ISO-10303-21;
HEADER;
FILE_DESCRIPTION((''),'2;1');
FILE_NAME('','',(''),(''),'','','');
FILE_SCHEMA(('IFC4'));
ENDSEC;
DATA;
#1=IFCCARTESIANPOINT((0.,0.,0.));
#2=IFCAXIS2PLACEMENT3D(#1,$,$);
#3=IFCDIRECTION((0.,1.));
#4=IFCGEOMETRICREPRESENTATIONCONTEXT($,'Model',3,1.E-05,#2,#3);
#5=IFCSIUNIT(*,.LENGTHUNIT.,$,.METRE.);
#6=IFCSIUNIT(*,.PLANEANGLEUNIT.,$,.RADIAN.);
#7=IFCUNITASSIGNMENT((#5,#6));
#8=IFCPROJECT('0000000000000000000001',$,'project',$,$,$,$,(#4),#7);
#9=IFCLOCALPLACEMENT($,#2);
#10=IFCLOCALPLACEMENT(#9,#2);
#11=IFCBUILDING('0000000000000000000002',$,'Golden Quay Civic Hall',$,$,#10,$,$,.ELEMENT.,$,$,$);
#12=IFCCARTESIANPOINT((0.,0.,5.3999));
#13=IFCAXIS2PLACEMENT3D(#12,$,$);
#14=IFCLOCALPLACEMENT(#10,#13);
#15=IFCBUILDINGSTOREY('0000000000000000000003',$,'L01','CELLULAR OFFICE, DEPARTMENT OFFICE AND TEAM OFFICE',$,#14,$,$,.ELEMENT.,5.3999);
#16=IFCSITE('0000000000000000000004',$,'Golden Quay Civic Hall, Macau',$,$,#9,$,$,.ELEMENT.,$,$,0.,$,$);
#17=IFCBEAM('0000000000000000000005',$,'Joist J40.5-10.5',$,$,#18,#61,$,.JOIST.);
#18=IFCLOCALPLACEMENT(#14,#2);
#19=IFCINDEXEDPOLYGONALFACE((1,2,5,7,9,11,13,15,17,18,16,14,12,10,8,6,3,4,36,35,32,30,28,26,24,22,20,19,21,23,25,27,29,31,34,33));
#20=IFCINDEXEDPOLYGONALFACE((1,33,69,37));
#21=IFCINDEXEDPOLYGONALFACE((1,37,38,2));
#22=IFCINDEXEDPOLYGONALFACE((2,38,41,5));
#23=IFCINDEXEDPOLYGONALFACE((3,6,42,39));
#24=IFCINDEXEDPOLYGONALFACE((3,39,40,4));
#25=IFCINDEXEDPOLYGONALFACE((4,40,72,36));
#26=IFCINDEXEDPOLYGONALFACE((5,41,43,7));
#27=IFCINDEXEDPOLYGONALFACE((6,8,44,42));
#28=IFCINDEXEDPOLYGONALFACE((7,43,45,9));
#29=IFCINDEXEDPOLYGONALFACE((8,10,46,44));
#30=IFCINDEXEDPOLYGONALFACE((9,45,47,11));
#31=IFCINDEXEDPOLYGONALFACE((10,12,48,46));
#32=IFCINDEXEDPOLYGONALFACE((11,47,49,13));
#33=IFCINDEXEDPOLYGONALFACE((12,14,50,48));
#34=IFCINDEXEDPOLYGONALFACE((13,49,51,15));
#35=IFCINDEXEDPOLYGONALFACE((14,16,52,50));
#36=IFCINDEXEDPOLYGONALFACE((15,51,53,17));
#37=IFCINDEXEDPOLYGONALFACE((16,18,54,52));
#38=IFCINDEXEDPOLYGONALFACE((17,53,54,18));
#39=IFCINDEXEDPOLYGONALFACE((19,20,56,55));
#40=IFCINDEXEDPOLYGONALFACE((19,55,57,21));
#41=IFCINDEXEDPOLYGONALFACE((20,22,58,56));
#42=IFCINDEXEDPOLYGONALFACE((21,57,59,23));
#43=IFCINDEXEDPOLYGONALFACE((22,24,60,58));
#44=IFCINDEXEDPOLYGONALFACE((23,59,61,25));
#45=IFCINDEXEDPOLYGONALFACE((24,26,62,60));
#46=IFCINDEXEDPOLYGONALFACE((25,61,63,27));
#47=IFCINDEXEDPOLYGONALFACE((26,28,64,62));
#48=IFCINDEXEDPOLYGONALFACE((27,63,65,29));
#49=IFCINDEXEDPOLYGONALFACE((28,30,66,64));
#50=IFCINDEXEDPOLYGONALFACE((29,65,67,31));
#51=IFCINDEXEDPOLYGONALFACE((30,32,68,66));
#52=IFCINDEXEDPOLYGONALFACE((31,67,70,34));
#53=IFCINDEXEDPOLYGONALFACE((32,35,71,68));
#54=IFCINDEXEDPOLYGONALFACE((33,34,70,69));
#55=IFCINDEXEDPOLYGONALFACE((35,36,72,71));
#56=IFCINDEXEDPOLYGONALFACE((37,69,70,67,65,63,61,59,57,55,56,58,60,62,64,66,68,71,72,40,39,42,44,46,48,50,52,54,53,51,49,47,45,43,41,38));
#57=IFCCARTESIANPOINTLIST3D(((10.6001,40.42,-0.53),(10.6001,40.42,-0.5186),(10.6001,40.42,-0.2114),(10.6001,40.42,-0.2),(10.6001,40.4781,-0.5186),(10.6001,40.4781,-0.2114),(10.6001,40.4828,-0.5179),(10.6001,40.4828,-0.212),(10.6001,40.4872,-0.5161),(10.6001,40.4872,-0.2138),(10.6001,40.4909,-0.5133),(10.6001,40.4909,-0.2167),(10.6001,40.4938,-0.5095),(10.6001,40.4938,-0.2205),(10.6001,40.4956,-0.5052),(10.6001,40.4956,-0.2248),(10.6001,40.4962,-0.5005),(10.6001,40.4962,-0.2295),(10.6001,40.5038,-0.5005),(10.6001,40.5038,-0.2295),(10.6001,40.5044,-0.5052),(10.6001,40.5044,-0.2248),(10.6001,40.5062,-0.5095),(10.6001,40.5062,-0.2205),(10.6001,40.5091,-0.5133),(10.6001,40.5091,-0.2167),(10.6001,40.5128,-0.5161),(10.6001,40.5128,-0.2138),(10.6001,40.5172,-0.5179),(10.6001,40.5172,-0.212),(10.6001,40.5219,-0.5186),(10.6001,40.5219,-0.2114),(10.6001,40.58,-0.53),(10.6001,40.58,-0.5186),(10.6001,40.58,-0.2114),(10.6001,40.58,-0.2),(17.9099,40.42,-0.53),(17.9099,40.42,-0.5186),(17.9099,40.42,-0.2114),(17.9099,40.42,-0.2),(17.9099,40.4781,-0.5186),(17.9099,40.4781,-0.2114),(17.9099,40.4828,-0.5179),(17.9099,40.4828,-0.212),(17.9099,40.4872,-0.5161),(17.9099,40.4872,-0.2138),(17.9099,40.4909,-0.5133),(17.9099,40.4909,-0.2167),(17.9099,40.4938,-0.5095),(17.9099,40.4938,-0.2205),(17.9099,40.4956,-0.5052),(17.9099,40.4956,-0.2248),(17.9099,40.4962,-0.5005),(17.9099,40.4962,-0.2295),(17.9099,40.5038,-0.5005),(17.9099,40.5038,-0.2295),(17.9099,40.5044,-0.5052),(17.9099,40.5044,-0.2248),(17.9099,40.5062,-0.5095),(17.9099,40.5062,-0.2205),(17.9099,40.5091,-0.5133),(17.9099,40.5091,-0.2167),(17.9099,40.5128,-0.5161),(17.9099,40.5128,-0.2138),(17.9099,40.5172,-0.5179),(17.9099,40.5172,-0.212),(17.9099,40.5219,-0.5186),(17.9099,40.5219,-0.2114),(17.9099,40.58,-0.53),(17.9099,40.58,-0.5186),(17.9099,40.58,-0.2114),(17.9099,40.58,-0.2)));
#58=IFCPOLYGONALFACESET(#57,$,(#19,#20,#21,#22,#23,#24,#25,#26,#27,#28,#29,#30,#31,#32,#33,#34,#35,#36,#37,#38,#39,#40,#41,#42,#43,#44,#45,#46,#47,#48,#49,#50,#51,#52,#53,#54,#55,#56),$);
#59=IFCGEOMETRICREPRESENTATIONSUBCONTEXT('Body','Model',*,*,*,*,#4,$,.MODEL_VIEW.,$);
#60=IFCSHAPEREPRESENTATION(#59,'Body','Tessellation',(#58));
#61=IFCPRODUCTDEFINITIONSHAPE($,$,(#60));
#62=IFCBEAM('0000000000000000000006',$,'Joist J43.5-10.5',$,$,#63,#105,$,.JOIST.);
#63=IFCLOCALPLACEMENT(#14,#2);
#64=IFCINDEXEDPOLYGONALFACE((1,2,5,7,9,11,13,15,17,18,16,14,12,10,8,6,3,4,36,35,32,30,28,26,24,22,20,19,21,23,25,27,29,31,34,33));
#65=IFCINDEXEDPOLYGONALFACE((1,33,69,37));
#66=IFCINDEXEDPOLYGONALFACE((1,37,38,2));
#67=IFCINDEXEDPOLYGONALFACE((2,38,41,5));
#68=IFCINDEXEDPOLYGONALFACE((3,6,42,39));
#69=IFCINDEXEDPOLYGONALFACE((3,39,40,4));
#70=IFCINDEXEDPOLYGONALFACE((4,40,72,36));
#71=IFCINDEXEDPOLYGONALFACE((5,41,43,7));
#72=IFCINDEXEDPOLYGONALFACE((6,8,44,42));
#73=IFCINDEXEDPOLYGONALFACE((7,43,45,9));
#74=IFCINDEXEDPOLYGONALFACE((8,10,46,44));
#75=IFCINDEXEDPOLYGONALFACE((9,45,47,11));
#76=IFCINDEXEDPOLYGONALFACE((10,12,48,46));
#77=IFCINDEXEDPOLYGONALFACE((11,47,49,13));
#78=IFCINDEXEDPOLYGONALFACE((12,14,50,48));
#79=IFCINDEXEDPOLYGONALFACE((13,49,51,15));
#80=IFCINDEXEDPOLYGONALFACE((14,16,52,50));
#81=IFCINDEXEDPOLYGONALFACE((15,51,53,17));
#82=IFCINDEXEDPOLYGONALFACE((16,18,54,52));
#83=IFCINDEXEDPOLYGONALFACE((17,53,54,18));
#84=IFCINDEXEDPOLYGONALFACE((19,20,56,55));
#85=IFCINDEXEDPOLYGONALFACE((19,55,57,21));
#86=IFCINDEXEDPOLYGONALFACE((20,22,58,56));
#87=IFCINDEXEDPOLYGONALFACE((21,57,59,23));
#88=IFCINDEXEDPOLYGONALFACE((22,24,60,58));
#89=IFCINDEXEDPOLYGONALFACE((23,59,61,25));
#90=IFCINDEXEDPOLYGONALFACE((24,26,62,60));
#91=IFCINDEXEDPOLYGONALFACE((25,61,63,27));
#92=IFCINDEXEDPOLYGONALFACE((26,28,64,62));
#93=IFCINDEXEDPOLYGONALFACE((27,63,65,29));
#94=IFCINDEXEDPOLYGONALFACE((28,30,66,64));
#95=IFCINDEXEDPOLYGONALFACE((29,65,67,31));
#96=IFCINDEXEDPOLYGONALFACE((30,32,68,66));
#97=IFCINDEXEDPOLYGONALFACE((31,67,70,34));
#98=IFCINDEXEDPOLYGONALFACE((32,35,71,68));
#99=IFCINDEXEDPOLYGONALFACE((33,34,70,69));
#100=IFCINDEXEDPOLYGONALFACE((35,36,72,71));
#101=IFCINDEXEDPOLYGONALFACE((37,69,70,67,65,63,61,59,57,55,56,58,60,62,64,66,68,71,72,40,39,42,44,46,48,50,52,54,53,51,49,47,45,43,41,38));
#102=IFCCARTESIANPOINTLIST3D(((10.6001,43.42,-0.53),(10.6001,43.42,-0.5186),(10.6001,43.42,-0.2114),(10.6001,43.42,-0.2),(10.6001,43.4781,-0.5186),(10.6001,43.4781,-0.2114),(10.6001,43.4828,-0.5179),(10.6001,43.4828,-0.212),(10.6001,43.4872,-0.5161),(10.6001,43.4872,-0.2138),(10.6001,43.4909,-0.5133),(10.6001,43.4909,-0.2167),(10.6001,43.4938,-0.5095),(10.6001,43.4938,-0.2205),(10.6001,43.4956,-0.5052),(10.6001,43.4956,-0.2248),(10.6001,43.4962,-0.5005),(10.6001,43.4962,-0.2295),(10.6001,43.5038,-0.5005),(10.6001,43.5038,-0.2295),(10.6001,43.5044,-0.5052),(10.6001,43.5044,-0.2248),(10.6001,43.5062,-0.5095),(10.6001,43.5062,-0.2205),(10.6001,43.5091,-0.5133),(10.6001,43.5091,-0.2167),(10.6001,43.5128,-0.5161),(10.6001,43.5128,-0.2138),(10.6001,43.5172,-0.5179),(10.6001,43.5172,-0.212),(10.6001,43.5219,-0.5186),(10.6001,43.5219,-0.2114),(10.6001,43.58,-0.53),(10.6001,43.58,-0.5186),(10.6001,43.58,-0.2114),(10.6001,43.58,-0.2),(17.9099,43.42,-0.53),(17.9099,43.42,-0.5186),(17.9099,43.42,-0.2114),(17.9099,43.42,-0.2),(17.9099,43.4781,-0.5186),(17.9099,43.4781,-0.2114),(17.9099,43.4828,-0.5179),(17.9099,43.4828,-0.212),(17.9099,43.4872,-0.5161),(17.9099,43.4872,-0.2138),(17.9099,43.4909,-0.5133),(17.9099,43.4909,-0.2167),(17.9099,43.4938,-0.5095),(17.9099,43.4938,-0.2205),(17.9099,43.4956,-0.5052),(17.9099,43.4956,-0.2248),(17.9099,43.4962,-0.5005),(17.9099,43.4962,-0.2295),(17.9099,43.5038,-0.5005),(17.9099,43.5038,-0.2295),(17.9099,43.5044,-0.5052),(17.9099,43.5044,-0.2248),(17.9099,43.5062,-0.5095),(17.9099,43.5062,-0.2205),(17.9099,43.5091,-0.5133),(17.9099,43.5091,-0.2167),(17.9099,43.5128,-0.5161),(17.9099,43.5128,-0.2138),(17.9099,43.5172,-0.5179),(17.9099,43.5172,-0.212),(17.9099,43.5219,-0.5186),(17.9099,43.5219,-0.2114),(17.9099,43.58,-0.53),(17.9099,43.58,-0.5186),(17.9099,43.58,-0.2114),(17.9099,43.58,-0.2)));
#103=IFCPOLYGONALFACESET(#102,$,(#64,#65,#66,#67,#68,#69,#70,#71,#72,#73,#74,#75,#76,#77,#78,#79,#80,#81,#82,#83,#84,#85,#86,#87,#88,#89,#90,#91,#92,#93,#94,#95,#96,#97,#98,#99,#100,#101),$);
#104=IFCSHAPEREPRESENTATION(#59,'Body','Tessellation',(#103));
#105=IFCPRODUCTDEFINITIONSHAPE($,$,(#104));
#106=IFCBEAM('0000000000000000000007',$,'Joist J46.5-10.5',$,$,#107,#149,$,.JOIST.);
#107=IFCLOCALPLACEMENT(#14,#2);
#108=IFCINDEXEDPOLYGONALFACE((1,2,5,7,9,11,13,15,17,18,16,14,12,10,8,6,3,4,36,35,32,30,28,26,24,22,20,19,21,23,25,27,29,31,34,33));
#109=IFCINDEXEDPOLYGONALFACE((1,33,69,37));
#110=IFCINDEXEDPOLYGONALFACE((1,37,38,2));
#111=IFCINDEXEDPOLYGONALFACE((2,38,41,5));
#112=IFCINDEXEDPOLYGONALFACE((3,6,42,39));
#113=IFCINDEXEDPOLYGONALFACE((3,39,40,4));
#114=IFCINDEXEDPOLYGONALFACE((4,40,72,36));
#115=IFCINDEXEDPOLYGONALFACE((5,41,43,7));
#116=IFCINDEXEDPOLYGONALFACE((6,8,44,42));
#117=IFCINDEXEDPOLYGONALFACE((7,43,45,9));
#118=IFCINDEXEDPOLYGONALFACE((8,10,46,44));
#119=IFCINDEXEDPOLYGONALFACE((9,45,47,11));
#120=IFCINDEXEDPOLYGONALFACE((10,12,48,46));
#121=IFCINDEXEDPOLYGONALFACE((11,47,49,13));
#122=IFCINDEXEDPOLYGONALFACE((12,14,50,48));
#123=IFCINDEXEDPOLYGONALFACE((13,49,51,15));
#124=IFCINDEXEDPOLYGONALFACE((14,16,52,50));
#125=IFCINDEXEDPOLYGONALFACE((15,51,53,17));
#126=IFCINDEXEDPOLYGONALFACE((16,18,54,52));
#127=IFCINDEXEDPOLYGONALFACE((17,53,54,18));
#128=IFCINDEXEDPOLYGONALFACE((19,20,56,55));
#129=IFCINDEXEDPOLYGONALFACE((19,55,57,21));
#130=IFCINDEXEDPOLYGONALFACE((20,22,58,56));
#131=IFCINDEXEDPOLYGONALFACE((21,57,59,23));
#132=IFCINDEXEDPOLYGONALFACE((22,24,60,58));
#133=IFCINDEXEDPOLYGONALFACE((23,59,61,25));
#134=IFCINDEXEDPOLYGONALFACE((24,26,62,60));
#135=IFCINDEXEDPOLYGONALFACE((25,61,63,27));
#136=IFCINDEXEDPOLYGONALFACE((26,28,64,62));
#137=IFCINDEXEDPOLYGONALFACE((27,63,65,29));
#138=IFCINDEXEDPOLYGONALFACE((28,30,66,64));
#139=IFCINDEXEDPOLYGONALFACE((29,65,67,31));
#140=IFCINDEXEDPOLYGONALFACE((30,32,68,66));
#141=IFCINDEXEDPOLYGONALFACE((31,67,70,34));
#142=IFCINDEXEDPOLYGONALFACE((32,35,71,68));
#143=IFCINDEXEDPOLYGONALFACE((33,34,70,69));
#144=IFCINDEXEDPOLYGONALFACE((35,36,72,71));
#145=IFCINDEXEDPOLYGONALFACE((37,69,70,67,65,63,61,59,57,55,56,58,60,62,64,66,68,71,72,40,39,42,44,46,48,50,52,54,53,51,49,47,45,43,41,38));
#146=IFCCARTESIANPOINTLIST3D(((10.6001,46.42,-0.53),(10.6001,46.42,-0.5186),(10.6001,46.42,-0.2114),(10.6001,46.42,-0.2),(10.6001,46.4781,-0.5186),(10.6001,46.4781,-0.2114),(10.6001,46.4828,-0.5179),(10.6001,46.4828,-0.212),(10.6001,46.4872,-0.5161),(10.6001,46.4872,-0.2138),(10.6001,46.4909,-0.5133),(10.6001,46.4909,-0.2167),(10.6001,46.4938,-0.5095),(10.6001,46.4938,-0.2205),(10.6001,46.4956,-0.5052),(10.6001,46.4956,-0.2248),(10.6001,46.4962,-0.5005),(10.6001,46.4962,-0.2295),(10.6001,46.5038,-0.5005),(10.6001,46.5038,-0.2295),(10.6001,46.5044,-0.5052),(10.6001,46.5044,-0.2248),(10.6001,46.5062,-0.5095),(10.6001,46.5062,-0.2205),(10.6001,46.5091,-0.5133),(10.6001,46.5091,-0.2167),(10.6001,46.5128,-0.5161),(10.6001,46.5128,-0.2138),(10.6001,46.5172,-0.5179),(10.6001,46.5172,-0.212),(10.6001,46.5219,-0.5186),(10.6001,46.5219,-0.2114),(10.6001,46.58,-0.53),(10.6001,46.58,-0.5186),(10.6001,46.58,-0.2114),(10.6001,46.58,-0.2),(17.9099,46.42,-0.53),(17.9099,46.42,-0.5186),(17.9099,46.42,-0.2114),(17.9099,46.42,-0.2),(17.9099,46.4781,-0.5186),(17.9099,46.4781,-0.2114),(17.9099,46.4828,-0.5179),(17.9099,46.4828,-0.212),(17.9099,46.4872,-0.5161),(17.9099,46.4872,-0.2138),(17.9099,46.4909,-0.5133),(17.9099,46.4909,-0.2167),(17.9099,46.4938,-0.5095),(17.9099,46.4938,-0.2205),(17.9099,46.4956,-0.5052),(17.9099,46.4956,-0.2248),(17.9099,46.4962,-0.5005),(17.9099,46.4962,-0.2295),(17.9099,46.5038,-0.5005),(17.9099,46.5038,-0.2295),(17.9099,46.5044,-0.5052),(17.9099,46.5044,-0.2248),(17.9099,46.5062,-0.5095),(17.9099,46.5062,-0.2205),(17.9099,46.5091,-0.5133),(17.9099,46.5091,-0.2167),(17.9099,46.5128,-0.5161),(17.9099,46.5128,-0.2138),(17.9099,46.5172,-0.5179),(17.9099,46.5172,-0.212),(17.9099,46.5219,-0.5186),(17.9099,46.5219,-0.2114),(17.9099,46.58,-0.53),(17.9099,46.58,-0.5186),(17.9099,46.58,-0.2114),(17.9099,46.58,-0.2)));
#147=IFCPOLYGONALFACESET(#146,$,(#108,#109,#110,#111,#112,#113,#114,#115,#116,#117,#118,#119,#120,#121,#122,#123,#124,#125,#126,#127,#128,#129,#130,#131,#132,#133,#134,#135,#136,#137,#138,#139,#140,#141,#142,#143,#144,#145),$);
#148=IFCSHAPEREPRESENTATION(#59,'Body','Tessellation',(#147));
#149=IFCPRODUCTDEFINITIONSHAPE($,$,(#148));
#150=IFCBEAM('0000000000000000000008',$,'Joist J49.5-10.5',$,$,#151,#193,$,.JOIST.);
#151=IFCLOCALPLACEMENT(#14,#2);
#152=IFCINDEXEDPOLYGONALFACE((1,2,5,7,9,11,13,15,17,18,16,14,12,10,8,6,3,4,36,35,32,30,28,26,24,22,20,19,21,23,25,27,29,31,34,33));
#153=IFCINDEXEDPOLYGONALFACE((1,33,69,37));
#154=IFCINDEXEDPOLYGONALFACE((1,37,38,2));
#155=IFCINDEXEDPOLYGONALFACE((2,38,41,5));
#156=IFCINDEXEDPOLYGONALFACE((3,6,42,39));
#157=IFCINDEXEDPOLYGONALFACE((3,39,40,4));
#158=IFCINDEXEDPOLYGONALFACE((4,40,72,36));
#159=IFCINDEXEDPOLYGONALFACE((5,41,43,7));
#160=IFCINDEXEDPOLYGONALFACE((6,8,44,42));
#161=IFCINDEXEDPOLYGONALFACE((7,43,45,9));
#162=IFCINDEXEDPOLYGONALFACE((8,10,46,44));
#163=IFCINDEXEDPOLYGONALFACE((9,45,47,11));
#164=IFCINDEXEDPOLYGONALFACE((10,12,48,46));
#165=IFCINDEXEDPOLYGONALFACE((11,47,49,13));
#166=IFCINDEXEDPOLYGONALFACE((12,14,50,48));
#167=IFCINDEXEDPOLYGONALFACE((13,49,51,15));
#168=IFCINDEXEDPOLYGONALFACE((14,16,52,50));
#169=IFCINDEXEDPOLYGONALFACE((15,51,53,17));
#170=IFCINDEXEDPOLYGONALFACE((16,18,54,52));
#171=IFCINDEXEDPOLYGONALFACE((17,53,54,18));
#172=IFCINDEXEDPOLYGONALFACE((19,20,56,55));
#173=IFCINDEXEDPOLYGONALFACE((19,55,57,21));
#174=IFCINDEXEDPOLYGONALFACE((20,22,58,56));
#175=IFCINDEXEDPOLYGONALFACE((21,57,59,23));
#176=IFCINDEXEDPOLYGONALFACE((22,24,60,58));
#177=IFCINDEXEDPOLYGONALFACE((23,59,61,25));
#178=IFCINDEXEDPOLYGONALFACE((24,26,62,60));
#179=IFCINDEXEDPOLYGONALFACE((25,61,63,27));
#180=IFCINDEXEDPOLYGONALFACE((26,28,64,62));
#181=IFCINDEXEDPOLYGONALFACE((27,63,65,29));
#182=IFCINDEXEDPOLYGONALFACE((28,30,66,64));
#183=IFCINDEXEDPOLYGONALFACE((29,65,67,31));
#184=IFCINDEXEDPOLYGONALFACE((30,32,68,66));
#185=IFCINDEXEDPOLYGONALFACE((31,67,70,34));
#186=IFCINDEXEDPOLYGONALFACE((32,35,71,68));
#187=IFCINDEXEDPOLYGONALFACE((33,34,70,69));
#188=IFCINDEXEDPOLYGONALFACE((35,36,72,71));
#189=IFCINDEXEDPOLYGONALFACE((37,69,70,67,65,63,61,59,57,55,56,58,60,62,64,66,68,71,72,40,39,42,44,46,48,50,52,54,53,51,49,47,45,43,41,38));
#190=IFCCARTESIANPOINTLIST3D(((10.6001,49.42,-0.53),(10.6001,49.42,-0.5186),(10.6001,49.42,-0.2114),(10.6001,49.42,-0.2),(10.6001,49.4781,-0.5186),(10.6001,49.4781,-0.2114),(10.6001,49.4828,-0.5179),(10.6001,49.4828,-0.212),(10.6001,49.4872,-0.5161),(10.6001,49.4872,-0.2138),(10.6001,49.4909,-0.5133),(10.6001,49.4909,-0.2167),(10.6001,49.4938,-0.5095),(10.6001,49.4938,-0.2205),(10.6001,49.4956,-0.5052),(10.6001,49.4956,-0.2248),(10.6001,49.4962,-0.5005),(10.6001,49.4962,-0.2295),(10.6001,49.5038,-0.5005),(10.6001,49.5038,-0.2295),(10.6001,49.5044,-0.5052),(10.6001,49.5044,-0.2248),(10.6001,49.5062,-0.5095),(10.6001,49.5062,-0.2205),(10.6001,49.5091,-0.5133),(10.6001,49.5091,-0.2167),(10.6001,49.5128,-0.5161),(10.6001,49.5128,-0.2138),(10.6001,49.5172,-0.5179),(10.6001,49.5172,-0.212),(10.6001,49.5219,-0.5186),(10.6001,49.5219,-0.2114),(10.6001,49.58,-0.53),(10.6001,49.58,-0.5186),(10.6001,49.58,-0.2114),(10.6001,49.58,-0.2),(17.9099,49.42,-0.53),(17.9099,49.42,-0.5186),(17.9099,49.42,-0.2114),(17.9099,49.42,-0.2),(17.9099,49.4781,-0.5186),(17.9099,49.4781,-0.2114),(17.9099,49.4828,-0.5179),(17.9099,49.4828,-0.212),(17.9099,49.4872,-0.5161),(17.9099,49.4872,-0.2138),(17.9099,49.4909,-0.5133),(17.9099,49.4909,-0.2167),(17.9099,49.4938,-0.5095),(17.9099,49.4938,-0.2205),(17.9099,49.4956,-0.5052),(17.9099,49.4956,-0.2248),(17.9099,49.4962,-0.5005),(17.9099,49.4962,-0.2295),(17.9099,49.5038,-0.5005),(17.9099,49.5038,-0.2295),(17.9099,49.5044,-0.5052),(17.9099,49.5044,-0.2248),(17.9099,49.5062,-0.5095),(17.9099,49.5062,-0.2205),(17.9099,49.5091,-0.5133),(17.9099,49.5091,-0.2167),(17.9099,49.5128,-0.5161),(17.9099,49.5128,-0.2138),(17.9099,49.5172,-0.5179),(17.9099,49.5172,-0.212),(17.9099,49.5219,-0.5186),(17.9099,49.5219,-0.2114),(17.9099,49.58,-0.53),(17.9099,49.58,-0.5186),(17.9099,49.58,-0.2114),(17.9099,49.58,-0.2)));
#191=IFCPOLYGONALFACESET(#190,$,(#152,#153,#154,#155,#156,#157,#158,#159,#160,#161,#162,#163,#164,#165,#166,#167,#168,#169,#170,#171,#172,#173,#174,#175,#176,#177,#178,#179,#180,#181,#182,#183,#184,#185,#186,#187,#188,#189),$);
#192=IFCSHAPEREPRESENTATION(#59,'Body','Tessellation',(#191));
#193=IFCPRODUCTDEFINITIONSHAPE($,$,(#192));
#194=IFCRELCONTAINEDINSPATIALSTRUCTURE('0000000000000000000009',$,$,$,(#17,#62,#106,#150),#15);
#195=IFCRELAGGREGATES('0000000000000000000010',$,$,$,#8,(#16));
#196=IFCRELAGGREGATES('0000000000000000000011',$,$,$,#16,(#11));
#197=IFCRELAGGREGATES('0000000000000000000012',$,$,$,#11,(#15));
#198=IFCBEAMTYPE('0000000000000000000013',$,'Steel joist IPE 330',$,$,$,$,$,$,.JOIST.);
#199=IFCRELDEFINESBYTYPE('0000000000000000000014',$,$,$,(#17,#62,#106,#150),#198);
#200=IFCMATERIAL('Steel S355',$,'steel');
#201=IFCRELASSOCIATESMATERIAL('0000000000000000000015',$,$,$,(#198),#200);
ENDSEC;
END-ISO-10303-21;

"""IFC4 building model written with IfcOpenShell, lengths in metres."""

from ifc_helpers import new_model, si_unit, direction, frame, origin, origin_2d, place, context, subcontext, project, spatial, i_section, extrude, material, material_profile, profile_set, type_object, element, save


model = new_model("IFC4")

# Units and contexts
model_context = context("Model", 3, precision=1e-05, world=origin(), true_north=direction((0.0, 1.0)))
body_context = subcontext(model_context, "Body", "Model", "MODEL_VIEW")
ifc_project = project(units=[si_unit("LENGTHUNIT", "METRE"), si_unit("PLANEANGLEUNIT", "RADIAN")], contexts=[model_context])

# Site, building, storey
site_placement = place(None, origin())
site = spatial("IfcSite", under=ifc_project, at=site_placement, Name="Golden Quay Civic Hall, Macau", CompositionType="ELEMENT", RefElevation=0.0)
building_placement = place(site_placement, origin())
building = spatial("IfcBuilding", under=site, at=building_placement, Name="Golden Quay Civic Hall", CompositionType="ELEMENT")
storey_placement = place(building_placement, frame((0.0, 0.0, 5.3999)))
storey = spatial("IfcBuildingStorey", under=building, at=storey_placement, Name="L01", Description="CELLULAR OFFICE, DEPARTMENT OFFICE AND TEAM OFFICE", CompositionType="ELEMENT", Elevation=5.3999)

# Beams
ifc_material_1 = material(Name="Steel S355", Category="steel")
ifc_material_profile_1 = material_profile(ifc_material_1, i_section(OverallWidth=0.1599, OverallDepth=0.3301, WebThickness=0.0076, FlangeThickness=0.0115, FilletRadius=0.0181, at=origin_2d()), Name="IPE 330")
ifc_profile_set_1 = profile_set([ifc_material_profile_1], Name="Steel S355")
beam_type_1 = type_object("IfcBeamType", Name="Steel joist IPE 330", PredefinedType="JOIST", material=ifc_profile_set_1)
for number, where, z_axis, x_axis, name in (
    (1, (10.6001, 40.5, -0.365), (1.0, 0.0, 0.0), (0.0, 1.0, 0.0), "Joist J40.5-10.5"),
    (2, (10.6001, 43.5, -0.365), (1.0, 0.0, 0.0), (0.0, 1.0, 0.0), "Joist J43.5-10.5"),
    (3, (10.6001, 46.5, -0.365), (1.0, 0.0, 0.0), (0.0, 1.0, 0.0), "Joist J46.5-10.5"),
    (4, (10.6001, 49.5, -0.365), (1.0, 0.0, 0.0), (0.0, 1.0, 0.0), "Joist J49.5-10.5"),
):
    element("IfcBeam", number, at=place(storey_placement, frame(where, z_axis=z_axis, x_axis=x_axis)), inside=storey, type_object=beam_type_1, Name=name, PredefinedType="JOIST", context=body_context, shape_type="SweptSolid", body=[
        extrude(i_section(OverallWidth=0.1599, OverallDepth=0.3301, WebThickness=0.0076, FlangeThickness=0.0115, FilletRadius=0.0181, at=origin_2d()), origin(), (0.0, 0.0, 1.0), 7.3098),
    ])

save(model, "model.ifc")
